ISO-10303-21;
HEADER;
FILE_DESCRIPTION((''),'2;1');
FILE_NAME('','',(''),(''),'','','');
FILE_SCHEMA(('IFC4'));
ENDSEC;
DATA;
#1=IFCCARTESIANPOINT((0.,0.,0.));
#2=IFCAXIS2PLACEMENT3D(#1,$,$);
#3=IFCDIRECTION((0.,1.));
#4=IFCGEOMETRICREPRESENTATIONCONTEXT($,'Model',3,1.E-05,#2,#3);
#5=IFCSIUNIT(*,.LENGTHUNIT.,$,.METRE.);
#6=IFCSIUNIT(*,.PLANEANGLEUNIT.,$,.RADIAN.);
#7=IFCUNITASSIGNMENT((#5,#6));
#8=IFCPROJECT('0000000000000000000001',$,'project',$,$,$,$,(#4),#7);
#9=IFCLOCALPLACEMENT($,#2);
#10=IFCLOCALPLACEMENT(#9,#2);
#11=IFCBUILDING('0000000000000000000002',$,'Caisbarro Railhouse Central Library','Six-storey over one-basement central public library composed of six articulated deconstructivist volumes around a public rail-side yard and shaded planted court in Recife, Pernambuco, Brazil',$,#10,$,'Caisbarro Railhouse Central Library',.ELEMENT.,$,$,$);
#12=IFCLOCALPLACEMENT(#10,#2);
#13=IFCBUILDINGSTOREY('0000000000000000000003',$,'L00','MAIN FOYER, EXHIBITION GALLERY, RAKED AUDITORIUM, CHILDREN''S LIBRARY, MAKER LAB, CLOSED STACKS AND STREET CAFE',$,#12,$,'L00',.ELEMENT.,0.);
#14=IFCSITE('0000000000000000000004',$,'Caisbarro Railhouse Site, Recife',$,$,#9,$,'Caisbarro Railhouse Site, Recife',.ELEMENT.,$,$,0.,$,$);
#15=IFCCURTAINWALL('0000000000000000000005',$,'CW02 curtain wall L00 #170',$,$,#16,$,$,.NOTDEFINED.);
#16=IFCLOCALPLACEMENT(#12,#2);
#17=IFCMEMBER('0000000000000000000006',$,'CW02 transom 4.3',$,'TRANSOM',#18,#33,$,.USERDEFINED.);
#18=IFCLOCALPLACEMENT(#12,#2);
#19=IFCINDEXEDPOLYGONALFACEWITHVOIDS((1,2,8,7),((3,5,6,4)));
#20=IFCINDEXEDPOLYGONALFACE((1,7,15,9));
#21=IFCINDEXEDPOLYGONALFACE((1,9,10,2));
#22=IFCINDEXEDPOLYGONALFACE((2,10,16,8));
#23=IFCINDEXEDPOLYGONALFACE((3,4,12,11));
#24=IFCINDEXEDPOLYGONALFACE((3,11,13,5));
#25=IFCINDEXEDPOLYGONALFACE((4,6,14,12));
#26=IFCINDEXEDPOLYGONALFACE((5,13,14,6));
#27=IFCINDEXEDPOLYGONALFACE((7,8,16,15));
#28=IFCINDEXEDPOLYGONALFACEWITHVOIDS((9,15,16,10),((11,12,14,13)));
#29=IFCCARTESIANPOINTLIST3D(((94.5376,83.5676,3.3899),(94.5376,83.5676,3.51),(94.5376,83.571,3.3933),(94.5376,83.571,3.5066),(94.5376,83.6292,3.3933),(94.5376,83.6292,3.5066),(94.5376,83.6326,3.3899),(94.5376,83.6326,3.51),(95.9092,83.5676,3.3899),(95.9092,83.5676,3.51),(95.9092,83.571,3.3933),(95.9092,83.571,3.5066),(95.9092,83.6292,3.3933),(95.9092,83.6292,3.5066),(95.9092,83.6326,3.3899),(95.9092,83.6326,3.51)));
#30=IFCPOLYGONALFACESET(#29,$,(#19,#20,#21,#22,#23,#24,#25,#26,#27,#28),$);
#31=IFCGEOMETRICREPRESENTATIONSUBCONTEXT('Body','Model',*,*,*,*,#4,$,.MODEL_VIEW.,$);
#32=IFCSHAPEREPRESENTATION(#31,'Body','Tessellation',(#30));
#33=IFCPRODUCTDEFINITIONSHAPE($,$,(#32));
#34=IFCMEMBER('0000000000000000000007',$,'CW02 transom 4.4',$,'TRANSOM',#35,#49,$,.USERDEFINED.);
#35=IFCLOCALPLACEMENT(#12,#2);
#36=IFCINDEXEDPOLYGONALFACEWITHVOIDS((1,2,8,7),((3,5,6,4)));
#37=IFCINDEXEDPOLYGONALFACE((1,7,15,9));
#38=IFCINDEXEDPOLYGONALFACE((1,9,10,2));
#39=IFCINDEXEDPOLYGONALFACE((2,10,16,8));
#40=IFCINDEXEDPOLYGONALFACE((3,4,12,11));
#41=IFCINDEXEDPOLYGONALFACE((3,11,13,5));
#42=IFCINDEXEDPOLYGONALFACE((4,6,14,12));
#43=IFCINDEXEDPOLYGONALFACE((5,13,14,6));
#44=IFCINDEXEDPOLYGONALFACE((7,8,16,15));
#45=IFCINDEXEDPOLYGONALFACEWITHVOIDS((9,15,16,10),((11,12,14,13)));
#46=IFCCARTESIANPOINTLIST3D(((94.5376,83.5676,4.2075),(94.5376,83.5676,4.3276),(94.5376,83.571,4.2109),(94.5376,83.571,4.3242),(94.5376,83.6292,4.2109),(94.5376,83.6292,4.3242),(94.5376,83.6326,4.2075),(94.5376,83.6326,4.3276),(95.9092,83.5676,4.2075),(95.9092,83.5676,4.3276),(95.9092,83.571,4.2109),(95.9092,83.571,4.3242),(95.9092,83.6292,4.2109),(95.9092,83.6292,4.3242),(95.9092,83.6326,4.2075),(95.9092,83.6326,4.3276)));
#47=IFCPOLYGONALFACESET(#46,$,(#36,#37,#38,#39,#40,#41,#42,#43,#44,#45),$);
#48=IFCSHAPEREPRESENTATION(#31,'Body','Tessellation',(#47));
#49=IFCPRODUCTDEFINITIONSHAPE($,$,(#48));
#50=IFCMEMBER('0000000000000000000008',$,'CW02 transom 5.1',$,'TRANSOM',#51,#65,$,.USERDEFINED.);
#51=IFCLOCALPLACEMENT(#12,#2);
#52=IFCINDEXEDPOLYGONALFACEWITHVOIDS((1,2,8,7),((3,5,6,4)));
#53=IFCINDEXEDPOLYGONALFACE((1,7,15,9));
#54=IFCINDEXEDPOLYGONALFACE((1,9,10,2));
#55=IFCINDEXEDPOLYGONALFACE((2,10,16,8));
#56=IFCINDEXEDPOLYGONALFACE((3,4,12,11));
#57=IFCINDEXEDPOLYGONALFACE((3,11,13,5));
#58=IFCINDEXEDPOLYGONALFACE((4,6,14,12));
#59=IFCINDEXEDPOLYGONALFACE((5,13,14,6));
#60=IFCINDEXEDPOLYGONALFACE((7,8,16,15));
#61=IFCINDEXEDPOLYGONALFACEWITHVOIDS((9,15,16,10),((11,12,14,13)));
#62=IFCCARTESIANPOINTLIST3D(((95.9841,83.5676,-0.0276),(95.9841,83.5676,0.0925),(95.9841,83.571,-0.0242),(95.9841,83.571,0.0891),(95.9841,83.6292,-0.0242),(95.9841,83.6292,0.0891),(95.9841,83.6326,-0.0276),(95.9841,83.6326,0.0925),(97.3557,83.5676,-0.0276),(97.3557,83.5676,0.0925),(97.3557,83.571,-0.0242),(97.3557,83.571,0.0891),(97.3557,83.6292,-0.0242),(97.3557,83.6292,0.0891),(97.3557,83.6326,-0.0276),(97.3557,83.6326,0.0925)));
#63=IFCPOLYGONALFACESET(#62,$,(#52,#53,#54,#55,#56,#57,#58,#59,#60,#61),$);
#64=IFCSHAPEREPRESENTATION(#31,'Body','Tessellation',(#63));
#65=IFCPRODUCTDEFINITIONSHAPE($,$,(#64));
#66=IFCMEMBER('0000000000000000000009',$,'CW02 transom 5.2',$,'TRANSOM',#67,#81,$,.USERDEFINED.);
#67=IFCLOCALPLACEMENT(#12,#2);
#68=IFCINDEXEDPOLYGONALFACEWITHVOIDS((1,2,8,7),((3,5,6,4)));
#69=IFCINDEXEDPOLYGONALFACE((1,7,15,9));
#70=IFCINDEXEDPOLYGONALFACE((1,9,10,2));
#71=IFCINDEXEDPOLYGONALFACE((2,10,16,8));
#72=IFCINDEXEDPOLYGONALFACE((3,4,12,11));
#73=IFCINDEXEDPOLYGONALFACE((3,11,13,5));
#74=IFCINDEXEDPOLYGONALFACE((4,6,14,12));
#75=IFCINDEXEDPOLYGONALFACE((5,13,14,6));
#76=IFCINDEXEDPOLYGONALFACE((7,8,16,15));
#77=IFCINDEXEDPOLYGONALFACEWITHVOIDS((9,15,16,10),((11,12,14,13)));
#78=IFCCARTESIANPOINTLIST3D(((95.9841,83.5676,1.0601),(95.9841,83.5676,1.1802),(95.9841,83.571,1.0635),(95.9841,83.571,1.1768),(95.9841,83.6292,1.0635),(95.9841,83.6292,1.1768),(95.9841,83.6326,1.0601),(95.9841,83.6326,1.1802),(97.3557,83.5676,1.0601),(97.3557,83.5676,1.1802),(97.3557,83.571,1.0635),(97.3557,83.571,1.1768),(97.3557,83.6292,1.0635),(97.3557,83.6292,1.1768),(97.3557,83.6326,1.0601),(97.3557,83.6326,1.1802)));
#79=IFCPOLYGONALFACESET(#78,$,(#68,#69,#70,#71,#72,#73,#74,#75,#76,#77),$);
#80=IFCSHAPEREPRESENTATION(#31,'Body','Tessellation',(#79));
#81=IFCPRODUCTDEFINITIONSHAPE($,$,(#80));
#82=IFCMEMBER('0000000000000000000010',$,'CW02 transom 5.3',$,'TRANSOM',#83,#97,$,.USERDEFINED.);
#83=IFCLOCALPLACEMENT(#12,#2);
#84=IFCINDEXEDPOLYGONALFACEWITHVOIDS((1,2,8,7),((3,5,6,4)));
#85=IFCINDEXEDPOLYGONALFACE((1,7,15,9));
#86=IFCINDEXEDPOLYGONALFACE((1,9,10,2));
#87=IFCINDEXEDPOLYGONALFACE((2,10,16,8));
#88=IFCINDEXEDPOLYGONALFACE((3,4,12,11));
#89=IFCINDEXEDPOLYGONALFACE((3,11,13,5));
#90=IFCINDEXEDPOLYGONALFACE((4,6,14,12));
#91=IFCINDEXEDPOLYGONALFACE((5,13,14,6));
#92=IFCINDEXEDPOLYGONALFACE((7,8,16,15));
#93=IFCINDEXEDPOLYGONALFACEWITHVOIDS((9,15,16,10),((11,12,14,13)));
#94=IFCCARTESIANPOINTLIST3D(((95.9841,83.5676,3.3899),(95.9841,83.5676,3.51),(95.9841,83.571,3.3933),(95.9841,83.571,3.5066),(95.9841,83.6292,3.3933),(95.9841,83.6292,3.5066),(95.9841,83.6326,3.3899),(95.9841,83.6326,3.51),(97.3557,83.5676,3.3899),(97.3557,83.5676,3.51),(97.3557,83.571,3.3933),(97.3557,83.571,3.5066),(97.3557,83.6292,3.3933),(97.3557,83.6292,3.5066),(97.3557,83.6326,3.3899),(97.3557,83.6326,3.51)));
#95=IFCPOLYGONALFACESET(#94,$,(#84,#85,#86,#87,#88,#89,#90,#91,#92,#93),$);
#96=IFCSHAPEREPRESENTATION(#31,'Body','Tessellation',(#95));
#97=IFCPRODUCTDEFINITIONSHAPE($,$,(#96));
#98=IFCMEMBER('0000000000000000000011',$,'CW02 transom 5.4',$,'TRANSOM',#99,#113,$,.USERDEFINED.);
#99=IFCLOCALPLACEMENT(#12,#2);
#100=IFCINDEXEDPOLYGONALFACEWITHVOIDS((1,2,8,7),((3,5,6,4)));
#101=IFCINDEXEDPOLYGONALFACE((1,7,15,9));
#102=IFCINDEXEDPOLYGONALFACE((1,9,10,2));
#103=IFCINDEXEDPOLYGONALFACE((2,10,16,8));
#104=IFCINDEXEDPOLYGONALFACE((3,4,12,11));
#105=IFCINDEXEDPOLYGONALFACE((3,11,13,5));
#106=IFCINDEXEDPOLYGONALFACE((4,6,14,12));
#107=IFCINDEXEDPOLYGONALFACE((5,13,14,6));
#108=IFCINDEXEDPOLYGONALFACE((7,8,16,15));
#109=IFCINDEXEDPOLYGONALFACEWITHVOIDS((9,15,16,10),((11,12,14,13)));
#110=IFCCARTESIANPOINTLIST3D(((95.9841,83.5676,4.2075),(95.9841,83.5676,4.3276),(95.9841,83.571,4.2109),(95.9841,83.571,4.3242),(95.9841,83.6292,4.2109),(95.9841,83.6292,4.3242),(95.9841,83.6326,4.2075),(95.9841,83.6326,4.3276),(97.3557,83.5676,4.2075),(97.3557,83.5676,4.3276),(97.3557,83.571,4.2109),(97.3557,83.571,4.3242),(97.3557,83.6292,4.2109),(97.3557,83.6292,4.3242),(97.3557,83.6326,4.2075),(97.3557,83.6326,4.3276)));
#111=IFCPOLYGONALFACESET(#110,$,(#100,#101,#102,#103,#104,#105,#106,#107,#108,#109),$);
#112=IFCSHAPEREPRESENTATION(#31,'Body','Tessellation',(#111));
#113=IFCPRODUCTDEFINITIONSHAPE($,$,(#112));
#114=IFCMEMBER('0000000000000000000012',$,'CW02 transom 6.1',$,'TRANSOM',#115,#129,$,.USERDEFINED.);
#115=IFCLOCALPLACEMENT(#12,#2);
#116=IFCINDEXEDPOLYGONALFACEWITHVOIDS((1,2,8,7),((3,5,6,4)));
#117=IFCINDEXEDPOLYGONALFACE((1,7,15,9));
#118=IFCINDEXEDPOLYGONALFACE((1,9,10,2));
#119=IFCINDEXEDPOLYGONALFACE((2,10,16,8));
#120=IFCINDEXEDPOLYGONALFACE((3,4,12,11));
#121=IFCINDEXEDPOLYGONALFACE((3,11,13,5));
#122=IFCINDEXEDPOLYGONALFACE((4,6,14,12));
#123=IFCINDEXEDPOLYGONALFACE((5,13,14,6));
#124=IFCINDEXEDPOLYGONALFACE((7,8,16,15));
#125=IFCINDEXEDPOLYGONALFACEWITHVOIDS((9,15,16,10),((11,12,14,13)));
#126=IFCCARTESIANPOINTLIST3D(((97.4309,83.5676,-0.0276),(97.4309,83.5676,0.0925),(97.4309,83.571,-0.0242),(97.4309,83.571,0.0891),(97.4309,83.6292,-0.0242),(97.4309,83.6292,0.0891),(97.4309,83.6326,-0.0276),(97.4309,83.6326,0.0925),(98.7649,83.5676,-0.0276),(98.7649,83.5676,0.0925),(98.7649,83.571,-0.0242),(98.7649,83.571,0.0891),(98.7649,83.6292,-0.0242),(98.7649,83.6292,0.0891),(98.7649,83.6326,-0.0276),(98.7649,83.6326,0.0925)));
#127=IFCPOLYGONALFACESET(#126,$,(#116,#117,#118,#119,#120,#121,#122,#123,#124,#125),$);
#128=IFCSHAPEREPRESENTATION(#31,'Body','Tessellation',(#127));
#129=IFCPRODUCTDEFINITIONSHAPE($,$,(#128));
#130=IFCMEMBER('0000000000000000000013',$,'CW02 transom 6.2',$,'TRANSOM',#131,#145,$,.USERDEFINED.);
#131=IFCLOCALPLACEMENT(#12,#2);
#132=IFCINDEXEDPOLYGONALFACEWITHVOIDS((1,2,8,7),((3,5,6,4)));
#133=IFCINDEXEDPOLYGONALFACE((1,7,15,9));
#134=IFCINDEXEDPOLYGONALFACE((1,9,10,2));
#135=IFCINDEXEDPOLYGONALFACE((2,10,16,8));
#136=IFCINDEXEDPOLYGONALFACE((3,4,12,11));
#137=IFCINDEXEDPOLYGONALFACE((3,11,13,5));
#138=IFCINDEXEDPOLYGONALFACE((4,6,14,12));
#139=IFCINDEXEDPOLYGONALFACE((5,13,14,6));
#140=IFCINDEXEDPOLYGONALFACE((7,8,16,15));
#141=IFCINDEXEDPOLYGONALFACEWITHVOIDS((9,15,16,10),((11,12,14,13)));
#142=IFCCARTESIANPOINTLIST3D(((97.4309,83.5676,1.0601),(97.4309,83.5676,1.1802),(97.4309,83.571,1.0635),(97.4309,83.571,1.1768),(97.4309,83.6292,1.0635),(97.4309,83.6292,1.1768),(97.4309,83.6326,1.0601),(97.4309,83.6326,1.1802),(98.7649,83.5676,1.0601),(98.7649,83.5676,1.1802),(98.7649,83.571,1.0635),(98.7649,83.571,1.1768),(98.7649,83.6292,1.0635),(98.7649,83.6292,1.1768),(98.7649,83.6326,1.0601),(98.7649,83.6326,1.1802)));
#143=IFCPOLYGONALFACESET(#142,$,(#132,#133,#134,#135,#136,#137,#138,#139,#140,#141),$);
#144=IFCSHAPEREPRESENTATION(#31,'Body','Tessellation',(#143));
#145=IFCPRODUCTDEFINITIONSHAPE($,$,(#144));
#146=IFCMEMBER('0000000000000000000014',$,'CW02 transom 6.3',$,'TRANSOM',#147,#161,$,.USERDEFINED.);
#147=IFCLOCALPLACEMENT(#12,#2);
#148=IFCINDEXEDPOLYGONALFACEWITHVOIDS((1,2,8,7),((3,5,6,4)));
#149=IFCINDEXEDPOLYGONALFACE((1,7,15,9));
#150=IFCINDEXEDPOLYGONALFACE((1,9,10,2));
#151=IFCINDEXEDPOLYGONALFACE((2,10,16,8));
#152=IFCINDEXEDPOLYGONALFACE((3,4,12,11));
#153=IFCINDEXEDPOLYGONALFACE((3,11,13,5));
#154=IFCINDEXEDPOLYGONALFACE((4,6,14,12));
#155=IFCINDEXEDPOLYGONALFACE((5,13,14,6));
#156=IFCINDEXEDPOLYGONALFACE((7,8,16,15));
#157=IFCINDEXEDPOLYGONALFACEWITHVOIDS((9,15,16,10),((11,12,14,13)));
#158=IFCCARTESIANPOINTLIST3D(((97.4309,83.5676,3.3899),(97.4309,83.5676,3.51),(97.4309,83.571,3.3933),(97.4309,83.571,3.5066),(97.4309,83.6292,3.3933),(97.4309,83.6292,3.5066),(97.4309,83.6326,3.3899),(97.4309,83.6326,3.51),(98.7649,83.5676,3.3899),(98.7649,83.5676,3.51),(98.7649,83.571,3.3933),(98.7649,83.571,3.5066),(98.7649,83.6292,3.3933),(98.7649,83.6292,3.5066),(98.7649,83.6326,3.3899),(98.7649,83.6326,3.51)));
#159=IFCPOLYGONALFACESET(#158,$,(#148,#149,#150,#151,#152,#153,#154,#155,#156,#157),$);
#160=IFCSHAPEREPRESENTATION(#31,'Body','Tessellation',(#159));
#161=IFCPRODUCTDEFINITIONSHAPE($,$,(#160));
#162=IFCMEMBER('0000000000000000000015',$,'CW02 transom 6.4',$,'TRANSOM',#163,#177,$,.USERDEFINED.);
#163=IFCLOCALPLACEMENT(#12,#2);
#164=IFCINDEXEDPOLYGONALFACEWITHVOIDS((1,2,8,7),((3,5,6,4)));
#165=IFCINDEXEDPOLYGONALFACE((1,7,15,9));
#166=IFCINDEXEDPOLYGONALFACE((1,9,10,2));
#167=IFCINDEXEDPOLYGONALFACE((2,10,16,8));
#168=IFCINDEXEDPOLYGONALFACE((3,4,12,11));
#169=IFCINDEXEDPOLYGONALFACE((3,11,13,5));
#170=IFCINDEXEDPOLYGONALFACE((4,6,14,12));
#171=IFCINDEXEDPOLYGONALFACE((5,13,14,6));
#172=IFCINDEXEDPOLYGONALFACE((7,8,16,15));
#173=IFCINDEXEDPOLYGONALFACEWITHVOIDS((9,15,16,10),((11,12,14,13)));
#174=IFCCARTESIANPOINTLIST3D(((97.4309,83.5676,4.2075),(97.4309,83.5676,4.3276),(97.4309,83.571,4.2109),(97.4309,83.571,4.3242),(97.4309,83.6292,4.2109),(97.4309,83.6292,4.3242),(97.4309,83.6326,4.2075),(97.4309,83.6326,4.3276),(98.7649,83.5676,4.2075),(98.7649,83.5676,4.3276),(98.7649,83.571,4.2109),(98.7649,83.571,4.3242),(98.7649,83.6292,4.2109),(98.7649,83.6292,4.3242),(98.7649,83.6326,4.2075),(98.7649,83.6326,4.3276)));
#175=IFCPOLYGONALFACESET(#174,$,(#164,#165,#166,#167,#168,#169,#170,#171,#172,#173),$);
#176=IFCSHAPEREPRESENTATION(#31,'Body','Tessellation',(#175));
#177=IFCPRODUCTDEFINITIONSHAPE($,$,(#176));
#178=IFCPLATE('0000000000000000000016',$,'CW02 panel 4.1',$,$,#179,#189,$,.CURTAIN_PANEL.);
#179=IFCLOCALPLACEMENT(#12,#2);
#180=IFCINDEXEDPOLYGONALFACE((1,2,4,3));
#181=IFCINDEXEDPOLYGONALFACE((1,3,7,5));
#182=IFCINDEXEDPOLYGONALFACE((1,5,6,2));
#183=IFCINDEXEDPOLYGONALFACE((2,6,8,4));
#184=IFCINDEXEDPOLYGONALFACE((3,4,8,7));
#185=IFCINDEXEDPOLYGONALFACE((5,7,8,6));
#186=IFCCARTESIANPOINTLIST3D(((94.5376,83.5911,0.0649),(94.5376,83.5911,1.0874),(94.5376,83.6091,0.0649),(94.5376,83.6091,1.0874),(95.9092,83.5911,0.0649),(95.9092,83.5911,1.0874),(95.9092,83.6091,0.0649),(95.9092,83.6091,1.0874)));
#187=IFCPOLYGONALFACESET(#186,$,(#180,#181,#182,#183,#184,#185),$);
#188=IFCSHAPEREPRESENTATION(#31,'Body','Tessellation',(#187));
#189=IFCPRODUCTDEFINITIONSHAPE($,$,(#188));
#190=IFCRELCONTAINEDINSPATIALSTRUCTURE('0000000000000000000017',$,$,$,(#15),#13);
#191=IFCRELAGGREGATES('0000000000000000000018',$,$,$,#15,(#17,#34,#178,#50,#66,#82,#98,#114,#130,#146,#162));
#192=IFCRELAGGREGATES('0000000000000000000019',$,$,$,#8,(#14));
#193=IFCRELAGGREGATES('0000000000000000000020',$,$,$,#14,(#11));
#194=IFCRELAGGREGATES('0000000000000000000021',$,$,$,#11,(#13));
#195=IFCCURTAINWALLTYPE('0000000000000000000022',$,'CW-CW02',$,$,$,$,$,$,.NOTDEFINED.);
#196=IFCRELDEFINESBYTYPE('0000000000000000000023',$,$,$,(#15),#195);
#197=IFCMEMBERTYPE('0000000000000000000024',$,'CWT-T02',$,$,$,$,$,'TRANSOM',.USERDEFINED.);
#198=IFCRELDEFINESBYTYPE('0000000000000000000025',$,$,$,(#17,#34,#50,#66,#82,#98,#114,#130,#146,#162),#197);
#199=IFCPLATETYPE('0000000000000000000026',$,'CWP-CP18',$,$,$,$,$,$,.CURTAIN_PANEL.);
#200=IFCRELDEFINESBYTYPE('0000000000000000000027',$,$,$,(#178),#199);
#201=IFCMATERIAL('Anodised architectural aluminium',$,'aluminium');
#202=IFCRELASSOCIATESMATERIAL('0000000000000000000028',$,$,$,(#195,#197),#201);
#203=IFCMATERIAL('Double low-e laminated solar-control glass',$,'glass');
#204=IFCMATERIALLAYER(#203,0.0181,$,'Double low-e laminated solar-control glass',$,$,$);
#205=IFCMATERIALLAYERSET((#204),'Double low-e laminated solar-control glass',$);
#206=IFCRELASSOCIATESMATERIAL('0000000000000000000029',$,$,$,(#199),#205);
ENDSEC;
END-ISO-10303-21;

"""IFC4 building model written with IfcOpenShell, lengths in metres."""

from ifc_helpers import new_model, si_unit, direction, frame, origin, origin_2d, place, context, subcontext, project, spatial, rectangle, hollow_rectangle, extrude, material, layer, layer_set, material_profile, profile_set, type_object, element, aggregate, save


model = new_model("IFC4")

# Units and contexts
model_context = context("Model", 3, precision=1e-05, world=origin(), true_north=direction((0.0, 1.0)))
body_context = subcontext(model_context, "Body", "Model", "MODEL_VIEW")
ifc_project = project(units=[si_unit("LENGTHUNIT", "METRE"), si_unit("PLANEANGLEUNIT", "RADIAN")], contexts=[model_context])

# Site, building, storey
site_placement = place(None, origin())
site = spatial("IfcSite", under=ifc_project, at=site_placement, Name="Caisbarro Railhouse Site, Recife", LongName="Caisbarro Railhouse Site, Recife", CompositionType="ELEMENT", RefElevation=0.0)
building_placement = place(site_placement, origin())
building = spatial("IfcBuilding", under=site, at=building_placement, Name="Caisbarro Railhouse Central Library", Description="Six-storey over one-basement central public library composed of six articulated deconstructivist volumes around a public rail-side yard and shaded planted court in Recife, Pernambuco, Brazil", LongName="Caisbarro Railhouse Central Library", CompositionType="ELEMENT")
storey_placement = place(building_placement, origin())
storey = spatial("IfcBuildingStorey", under=building, at=storey_placement, Name="L00", Description="MAIN FOYER, EXHIBITION GALLERY, RAKED AUDITORIUM, CHILDREN'S LIBRARY, MAKER LAB, CLOSED STACKS AND STREET CAFE", LongName="L00", CompositionType="ELEMENT", Elevation=0.0)

# Curtain wall, members, plate
ifc_material_1 = material(Name="Anodised architectural aluminium", Category="aluminium")
curtain_wall_type = type_object("IfcCurtainWallType", Name="CW-CW02", PredefinedType="NOTDEFINED", material=ifc_material_1)
curtain_wall_placement = place(storey_placement, origin())
curtain_wall = element("IfcCurtainWall", 1, at=curtain_wall_placement, inside=storey, type_object=curtain_wall_type, Name="CW02 curtain wall L00 #170", PredefinedType="NOTDEFINED")
ifc_material_profile_1 = material_profile(ifc_material_1, hollow_rectangle(XDim=0.0649, YDim=0.1201, WallThickness=0.0034, at=origin_2d()), Name="ALU-TRN-65X120")
ifc_profile_set_1 = profile_set([ifc_material_profile_1], Name="Anodised architectural aluminium")
member_type_1 = type_object("IfcMemberType", Name="CWT-T02", ElementType="TRANSOM", PredefinedType="USERDEFINED", material=ifc_profile_set_1)
member_1_placement = place(storey_placement, frame((94.5376, 83.6001, 3.45), z_axis=(1.0, 0.0, 0.0), x_axis=(0.0, 1.0, 0.0)))
member_1 = element("IfcMember", 2, at=member_1_placement, type_object=member_type_1, Name="CW02 transom 4.3", ObjectType="TRANSOM", PredefinedType="USERDEFINED", context=body_context, shape_type="SweptSolid", body=[
    extrude(hollow_rectangle(XDim=0.0649, YDim=0.1201, WallThickness=0.0034, at=origin_2d()), origin(), (0.0, 0.0, 1.0), 1.3716),
])
member_2_placement = place(storey_placement, frame((94.5376, 83.6001, 4.2676), z_axis=(1.0, 0.0, 0.0), x_axis=(0.0, 1.0, 0.0)))
member_2 = element("IfcMember", 3, at=member_2_placement, type_object=member_type_1, Name="CW02 transom 4.4", ObjectType="TRANSOM", PredefinedType="USERDEFINED", context=body_context, shape_type="SweptSolid", body=[
    extrude(hollow_rectangle(XDim=0.0649, YDim=0.1201, WallThickness=0.0034, at=origin_2d()), origin(), (0.0, 0.0, 1.0), 1.3716),
])
member_3_placement = place(storey_placement, frame((95.9841, 83.6001, 0.0325), z_axis=(1.0, 0.0, 0.0), x_axis=(0.0, 1.0, 0.0)))
member_3 = element("IfcMember", 4, at=member_3_placement, type_object=member_type_1, Name="CW02 transom 5.1", ObjectType="TRANSOM", PredefinedType="USERDEFINED", context=body_context, shape_type="SweptSolid", body=[
    extrude(hollow_rectangle(XDim=0.0649, YDim=0.1201, WallThickness=0.0034, at=origin_2d()), origin(), (0.0, 0.0, 1.0), 1.3716),
])
member_4_placement = place(storey_placement, frame((95.9841, 83.6001, 1.1201), z_axis=(1.0, 0.0, 0.0), x_axis=(0.0, 1.0, 0.0)))
member_4 = element("IfcMember", 5, at=member_4_placement, type_object=member_type_1, Name="CW02 transom 5.2", ObjectType="TRANSOM", PredefinedType="USERDEFINED", context=body_context, shape_type="SweptSolid", body=[
    extrude(hollow_rectangle(XDim=0.0649, YDim=0.1201, WallThickness=0.0034, at=origin_2d()), origin(), (0.0, 0.0, 1.0), 1.3716),
])
member_5_placement = place(storey_placement, frame((95.9841, 83.6001, 3.45), z_axis=(1.0, 0.0, 0.0), x_axis=(0.0, 1.0, 0.0)))
member_5 = element("IfcMember", 6, at=member_5_placement, type_object=member_type_1, Name="CW02 transom 5.3", ObjectType="TRANSOM", PredefinedType="USERDEFINED", context=body_context, shape_type="SweptSolid", body=[
    extrude(hollow_rectangle(XDim=0.0649, YDim=0.1201, WallThickness=0.0034, at=origin_2d()), origin(), (0.0, 0.0, 1.0), 1.3716),
])
member_6_placement = place(storey_placement, frame((95.9841, 83.6001, 4.2676), z_axis=(1.0, 0.0, 0.0), x_axis=(0.0, 1.0, 0.0)))
member_6 = element("IfcMember", 7, at=member_6_placement, type_object=member_type_1, Name="CW02 transom 5.4", ObjectType="TRANSOM", PredefinedType="USERDEFINED", context=body_context, shape_type="SweptSolid", body=[
    extrude(hollow_rectangle(XDim=0.0649, YDim=0.1201, WallThickness=0.0034, at=origin_2d()), origin(), (0.0, 0.0, 1.0), 1.3716),
])
member_7_placement = place(storey_placement, frame((97.4309, 83.6001, 0.0325), z_axis=(1.0, 0.0, 0.0), x_axis=(0.0, 1.0, 0.0)))
member_7 = element("IfcMember", 8, at=member_7_placement, type_object=member_type_1, Name="CW02 transom 6.1", ObjectType="TRANSOM", PredefinedType="USERDEFINED", context=body_context, shape_type="SweptSolid", body=[
    extrude(hollow_rectangle(XDim=0.0649, YDim=0.1201, WallThickness=0.0034, at=origin_2d()), origin(), (0.0, 0.0, 1.0), 1.334),
])
member_8_placement = place(storey_placement, frame((97.4309, 83.6001, 1.1201), z_axis=(1.0, 0.0, 0.0), x_axis=(0.0, 1.0, 0.0)))
member_8 = element("IfcMember", 9, at=member_8_placement, type_object=member_type_1, Name="CW02 transom 6.2", ObjectType="TRANSOM", PredefinedType="USERDEFINED", context=body_context, shape_type="SweptSolid", body=[
    extrude(hollow_rectangle(XDim=0.0649, YDim=0.1201, WallThickness=0.0034, at=origin_2d()), origin(), (0.0, 0.0, 1.0), 1.334),
])
member_9_placement = place(storey_placement, frame((97.4309, 83.6001, 3.45), z_axis=(1.0, 0.0, 0.0), x_axis=(0.0, 1.0, 0.0)))
member_9 = element("IfcMember", 10, at=member_9_placement, type_object=member_type_1, Name="CW02 transom 6.3", ObjectType="TRANSOM", PredefinedType="USERDEFINED", context=body_context, shape_type="SweptSolid", body=[
    extrude(hollow_rectangle(XDim=0.0649, YDim=0.1201, WallThickness=0.0034, at=origin_2d()), origin(), (0.0, 0.0, 1.0), 1.334),
])
member_10_placement = place(storey_placement, frame((97.4309, 83.6001, 4.2676), z_axis=(1.0, 0.0, 0.0), x_axis=(0.0, 1.0, 0.0)))
member_10 = element("IfcMember", 11, at=member_10_placement, type_object=member_type_1, Name="CW02 transom 6.4", ObjectType="TRANSOM", PredefinedType="USERDEFINED", context=body_context, shape_type="SweptSolid", body=[
    extrude(hollow_rectangle(XDim=0.0649, YDim=0.1201, WallThickness=0.0034, at=origin_2d()), origin(), (0.0, 0.0, 1.0), 1.334),
])
ifc_material_2 = material(Name="Double low-e laminated solar-control glass", Category="glass")
ifc_layer_1 = layer(ifc_material_2, 0.0181, Name="Double low-e laminated solar-control glass")
ifc_layer_set_1 = layer_set([ifc_layer_1], Name="Double low-e laminated solar-control glass")
plate_type = type_object("IfcPlateType", Name="CWP-CP18", PredefinedType="CURTAIN_PANEL", material=ifc_layer_set_1)
plate_1_placement = place(storey_placement, frame((95.2234, 83.6001, 0.0649), z_axis=(0.0, 0.0, 1.0), x_axis=(1.0, 0.0, 0.0)))
plate_1 = element("IfcPlate", 12, at=plate_1_placement, type_object=plate_type, Name="CW02 panel 4.1", PredefinedType="CURTAIN_PANEL", context=body_context, shape_type="SweptSolid", body=[
    extrude(rectangle(XDim=1.3716, YDim=0.0181, at=origin_2d()), origin(), (0.0, 0.0, 1.0), 1.0225),
])
aggregate(curtain_wall, [member_1, member_2, plate_1, member_3, member_4, member_5, member_6, member_7, member_8, member_9, member_10])

save(model, "model.ifc")
